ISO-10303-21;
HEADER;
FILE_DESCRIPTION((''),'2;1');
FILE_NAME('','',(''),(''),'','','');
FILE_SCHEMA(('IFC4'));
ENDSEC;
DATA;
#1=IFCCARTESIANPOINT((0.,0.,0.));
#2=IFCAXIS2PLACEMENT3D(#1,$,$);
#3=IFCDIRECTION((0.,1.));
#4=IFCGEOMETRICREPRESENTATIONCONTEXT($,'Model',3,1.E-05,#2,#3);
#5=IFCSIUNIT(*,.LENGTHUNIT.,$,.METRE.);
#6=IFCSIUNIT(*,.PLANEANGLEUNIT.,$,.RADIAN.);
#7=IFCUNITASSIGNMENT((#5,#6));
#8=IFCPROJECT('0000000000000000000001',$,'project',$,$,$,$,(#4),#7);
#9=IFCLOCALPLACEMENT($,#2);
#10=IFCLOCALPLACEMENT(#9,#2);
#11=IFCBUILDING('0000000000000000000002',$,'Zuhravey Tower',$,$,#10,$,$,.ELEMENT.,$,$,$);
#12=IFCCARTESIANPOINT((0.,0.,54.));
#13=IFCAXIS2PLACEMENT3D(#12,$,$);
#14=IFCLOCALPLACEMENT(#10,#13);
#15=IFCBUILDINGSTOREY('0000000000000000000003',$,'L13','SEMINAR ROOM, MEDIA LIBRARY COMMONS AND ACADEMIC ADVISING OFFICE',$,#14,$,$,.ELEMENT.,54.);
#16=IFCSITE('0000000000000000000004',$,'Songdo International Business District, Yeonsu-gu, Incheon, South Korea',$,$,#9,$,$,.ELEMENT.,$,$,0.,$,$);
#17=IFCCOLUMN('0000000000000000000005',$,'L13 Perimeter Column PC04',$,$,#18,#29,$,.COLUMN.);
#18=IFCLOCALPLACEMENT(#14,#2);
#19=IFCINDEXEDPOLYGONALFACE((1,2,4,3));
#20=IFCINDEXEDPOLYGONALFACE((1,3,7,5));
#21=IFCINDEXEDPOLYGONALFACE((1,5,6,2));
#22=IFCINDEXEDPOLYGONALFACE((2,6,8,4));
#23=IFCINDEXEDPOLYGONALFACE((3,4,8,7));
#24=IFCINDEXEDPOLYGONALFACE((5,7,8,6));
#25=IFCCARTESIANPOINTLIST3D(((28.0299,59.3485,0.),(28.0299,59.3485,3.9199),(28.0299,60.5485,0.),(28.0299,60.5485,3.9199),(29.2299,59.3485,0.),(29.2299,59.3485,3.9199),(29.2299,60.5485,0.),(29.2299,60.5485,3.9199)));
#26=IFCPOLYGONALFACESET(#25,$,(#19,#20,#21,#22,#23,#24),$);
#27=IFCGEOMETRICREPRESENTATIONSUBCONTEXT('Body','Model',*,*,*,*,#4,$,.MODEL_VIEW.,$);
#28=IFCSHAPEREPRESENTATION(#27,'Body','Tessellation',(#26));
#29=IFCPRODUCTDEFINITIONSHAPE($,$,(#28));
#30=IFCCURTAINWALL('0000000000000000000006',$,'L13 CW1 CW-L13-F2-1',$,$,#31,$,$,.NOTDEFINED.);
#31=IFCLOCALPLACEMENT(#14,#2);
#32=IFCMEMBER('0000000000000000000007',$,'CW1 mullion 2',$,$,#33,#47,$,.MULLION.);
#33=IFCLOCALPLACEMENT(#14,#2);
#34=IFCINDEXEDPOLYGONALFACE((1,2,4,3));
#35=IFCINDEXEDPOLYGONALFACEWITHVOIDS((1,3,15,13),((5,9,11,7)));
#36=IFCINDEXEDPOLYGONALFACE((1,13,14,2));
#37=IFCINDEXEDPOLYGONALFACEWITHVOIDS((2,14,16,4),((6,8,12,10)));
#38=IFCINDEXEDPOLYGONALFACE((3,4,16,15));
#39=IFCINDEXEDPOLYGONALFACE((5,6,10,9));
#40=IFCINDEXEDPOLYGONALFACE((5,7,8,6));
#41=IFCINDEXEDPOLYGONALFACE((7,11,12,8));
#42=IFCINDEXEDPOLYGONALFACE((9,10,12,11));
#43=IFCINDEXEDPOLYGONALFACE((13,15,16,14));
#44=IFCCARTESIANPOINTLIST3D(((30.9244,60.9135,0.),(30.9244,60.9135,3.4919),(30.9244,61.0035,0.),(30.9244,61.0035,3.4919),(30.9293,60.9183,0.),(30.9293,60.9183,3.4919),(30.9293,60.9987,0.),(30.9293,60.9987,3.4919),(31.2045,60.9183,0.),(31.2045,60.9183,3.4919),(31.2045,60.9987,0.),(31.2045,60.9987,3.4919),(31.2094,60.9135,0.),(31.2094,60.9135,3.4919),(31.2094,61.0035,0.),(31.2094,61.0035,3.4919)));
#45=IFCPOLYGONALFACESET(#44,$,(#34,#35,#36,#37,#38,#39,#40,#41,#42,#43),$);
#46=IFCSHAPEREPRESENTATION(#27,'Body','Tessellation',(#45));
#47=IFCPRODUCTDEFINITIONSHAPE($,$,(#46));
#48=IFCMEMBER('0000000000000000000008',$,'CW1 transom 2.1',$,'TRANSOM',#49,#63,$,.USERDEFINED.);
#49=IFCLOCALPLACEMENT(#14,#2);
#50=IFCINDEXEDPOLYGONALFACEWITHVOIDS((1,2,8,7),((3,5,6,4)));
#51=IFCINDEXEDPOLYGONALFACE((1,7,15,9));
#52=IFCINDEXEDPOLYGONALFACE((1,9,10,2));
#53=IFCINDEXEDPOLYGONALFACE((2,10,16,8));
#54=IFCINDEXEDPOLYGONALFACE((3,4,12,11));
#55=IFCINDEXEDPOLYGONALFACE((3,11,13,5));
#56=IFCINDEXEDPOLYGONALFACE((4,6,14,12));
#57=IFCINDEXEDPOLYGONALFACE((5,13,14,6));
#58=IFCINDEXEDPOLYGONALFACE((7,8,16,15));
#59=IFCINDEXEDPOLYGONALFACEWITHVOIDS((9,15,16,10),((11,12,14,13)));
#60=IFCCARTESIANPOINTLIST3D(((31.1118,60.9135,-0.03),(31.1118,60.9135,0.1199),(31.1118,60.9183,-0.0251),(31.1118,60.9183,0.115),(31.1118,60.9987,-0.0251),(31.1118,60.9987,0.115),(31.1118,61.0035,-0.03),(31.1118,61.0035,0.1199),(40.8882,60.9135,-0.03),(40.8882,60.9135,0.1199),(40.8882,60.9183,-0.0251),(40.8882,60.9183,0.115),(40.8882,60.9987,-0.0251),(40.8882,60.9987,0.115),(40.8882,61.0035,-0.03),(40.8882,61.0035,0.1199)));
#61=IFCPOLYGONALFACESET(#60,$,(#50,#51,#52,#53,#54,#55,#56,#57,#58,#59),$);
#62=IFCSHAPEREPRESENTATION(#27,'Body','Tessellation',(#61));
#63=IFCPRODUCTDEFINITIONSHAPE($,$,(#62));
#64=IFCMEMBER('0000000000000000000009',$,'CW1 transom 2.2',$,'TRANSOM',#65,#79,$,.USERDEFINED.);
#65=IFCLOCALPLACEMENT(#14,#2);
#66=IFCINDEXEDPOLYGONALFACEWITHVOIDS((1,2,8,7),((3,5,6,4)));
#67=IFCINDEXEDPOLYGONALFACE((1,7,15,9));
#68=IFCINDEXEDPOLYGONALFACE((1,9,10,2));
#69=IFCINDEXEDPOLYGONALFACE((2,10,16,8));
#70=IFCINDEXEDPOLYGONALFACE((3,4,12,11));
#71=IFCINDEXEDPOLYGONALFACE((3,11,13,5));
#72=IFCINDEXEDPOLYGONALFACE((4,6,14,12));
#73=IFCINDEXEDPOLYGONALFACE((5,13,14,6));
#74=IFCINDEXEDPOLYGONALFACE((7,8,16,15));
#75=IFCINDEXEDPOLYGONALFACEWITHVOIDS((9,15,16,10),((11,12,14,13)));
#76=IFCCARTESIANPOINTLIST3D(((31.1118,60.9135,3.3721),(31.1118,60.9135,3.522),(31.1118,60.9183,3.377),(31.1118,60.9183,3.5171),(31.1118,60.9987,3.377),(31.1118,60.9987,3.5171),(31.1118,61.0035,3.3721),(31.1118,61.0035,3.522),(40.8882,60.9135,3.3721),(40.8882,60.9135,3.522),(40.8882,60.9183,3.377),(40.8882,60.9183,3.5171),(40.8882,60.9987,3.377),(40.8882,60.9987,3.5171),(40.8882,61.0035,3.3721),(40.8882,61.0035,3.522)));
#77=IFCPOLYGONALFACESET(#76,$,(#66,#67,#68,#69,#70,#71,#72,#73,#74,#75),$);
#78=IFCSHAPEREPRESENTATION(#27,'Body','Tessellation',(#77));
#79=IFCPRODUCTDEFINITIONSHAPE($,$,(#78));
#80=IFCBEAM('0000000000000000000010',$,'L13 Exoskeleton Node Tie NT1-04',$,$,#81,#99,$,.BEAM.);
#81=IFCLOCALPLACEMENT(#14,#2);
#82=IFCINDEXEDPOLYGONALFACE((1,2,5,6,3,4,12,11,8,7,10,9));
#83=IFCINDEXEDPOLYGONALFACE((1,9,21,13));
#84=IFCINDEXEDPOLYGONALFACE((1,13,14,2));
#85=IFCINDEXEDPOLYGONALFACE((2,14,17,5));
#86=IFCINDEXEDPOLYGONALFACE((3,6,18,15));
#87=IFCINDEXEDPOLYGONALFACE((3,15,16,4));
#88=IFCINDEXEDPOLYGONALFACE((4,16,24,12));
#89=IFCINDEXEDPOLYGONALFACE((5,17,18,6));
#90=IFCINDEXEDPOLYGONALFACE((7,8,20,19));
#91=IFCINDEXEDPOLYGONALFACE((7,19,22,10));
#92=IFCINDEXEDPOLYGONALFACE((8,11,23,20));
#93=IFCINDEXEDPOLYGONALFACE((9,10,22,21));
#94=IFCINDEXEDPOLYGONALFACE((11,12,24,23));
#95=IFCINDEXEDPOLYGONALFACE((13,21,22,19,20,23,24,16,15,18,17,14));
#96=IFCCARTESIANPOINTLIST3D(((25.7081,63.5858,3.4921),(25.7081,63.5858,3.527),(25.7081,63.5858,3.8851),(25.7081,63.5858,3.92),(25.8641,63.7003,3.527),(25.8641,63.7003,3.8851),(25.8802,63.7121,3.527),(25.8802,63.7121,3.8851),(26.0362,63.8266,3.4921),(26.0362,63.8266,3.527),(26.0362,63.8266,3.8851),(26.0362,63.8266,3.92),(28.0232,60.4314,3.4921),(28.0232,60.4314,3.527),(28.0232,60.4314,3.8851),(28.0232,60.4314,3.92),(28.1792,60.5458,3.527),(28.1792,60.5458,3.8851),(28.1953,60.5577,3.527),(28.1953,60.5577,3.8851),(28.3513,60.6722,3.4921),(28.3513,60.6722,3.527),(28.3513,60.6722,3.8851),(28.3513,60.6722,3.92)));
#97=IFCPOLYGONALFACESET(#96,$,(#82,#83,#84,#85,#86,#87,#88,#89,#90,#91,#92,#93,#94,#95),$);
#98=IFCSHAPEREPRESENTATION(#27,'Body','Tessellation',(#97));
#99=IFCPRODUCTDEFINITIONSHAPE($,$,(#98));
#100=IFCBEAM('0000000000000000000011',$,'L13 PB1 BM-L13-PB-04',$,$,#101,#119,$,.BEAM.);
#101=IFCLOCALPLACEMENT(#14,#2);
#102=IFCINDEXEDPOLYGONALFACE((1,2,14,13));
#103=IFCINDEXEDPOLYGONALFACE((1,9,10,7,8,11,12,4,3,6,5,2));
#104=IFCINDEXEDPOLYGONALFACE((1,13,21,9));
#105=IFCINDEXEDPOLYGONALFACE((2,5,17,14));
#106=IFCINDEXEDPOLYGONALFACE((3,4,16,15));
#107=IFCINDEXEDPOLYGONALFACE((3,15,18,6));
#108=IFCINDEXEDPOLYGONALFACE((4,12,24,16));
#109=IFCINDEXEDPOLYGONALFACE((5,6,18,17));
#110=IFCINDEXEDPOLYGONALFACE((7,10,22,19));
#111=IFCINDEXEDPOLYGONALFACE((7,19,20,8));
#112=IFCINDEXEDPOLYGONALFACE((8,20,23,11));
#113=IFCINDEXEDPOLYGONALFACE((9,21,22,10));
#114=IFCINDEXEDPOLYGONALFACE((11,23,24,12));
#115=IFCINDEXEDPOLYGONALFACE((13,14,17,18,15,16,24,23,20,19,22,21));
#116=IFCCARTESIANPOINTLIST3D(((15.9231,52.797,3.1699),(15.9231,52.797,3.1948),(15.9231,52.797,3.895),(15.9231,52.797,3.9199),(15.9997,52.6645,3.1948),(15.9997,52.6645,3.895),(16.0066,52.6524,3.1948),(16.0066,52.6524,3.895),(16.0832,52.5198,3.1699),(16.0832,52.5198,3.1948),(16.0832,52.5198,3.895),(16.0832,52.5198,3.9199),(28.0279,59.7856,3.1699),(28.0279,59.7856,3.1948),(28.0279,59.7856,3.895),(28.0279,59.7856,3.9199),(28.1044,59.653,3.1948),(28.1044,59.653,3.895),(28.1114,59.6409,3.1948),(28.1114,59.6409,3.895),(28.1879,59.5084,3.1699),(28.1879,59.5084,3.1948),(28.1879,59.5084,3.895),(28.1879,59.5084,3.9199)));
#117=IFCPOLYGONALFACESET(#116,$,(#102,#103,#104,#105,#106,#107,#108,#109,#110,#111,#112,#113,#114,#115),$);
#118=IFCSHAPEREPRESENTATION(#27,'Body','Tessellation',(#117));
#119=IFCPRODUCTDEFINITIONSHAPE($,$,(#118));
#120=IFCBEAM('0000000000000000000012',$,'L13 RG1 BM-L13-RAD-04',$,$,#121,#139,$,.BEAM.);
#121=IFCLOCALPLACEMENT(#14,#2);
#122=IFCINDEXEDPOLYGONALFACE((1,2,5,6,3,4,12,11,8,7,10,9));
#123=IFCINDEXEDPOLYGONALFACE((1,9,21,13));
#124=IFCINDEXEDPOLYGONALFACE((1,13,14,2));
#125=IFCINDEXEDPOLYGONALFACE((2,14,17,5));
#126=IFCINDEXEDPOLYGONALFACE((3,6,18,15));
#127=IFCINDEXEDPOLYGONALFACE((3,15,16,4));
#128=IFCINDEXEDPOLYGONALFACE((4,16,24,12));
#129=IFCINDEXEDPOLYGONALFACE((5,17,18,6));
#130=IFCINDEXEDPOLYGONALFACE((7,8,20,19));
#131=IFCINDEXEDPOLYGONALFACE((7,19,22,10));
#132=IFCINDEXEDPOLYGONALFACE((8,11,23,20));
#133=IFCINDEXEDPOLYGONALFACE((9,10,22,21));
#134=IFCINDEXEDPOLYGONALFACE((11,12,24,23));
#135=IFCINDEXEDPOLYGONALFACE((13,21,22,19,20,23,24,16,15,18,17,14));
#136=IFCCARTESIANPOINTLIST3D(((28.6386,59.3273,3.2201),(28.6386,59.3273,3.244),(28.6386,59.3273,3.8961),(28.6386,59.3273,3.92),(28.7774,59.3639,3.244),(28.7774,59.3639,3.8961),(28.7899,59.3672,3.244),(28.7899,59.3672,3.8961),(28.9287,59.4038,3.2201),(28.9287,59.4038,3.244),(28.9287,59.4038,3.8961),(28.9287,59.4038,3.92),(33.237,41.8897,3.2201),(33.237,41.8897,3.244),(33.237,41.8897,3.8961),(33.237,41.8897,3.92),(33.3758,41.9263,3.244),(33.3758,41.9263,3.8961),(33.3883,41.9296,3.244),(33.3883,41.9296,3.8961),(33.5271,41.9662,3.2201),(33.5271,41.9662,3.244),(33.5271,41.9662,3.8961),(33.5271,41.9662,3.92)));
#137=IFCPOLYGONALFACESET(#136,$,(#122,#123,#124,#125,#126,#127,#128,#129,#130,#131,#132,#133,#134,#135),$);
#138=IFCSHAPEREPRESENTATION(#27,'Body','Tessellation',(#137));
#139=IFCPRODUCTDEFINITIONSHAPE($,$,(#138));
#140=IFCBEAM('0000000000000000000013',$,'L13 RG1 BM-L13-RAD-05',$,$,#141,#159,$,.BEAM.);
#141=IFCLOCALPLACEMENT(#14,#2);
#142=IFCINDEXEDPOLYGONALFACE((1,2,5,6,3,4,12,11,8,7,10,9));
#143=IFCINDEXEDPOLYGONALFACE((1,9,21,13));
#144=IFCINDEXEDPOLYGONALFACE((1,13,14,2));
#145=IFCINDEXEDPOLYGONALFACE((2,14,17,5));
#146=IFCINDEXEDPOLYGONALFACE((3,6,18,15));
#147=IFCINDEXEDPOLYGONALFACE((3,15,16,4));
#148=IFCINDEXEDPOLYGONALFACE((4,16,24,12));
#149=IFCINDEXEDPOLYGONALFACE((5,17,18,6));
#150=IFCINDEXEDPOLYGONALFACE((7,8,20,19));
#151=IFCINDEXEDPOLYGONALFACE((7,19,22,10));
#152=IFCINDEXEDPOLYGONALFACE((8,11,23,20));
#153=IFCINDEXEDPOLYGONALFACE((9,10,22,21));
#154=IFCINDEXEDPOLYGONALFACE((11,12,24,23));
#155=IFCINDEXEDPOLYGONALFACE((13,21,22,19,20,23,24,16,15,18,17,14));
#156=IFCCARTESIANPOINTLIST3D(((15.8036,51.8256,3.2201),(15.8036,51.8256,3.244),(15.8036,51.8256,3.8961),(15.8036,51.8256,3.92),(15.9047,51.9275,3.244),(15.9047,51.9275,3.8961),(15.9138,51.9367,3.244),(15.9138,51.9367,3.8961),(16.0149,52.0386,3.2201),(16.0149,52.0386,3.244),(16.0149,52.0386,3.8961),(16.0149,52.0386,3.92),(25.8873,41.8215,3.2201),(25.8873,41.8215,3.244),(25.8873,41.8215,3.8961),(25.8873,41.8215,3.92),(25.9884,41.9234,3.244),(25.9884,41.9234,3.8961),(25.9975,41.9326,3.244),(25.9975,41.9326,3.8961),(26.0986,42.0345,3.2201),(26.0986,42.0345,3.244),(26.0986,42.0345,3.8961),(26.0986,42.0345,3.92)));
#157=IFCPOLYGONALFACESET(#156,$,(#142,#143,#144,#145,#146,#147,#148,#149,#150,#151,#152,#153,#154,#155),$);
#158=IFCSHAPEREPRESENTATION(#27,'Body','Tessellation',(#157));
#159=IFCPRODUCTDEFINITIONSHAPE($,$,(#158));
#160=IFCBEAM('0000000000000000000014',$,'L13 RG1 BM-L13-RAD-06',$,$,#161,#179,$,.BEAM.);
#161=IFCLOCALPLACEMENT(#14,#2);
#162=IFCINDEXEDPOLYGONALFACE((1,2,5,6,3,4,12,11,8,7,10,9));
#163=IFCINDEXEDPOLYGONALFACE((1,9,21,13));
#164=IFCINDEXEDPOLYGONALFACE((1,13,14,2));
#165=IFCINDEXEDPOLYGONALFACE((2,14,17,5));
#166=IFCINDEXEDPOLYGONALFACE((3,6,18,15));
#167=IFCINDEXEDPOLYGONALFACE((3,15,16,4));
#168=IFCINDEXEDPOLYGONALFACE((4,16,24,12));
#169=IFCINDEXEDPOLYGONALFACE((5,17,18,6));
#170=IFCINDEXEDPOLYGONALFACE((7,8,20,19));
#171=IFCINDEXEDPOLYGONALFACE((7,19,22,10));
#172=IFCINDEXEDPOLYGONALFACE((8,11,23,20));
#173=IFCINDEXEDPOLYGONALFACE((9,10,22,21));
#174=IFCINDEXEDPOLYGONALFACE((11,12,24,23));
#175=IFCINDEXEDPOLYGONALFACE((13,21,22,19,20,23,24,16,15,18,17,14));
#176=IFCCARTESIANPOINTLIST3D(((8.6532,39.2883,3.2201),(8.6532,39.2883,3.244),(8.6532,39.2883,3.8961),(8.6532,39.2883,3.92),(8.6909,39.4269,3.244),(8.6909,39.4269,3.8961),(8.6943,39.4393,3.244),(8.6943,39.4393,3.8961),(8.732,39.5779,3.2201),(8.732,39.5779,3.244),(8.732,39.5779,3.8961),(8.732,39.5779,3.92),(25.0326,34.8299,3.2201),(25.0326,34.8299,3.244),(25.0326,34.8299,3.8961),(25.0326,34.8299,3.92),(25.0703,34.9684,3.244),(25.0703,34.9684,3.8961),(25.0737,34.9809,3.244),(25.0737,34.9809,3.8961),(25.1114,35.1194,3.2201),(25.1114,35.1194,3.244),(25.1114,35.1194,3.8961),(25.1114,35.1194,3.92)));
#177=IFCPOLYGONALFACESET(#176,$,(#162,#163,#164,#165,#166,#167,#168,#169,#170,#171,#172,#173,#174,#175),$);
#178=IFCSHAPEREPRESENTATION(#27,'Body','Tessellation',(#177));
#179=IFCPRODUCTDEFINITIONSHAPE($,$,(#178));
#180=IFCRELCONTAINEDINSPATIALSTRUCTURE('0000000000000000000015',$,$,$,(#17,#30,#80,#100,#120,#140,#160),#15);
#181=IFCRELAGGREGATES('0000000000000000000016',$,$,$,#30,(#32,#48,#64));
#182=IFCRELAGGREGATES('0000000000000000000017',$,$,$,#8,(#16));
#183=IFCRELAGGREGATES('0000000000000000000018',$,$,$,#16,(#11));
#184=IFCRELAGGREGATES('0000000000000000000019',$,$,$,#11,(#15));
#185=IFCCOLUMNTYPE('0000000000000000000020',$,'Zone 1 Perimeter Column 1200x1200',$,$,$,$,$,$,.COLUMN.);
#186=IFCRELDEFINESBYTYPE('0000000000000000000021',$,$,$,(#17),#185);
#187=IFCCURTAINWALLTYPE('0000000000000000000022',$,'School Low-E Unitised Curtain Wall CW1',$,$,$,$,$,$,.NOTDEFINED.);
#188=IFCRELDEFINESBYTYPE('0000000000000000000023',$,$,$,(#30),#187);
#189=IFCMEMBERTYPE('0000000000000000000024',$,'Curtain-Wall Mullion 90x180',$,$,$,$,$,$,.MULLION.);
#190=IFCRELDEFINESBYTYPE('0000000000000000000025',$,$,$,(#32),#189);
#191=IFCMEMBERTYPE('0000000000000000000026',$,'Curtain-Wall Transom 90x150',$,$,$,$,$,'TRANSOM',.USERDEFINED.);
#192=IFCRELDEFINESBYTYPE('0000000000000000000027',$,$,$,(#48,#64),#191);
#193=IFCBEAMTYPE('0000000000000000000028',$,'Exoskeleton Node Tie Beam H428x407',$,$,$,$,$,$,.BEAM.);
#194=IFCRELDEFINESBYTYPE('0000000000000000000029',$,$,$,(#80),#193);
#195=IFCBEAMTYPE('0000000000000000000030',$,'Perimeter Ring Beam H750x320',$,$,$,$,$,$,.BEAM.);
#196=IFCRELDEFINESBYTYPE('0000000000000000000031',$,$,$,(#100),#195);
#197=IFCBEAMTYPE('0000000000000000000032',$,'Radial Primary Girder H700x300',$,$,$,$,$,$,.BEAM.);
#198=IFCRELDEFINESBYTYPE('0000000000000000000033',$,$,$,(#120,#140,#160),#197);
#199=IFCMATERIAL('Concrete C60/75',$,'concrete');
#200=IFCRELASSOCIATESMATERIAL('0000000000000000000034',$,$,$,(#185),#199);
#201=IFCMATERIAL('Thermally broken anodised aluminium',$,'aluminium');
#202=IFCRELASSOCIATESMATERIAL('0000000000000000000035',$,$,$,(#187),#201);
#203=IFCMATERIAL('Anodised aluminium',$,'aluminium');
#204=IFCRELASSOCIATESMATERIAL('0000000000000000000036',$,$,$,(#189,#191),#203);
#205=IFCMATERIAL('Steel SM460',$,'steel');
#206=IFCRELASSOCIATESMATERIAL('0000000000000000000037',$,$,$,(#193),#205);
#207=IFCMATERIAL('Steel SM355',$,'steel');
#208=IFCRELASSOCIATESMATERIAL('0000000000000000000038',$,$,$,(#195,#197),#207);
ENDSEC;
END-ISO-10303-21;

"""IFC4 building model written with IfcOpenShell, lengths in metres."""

from ifc_helpers import new_model, si_unit, direction, frame, origin, origin_2d, place, context, subcontext, project, spatial, rectangle, hollow_rectangle, i_section, extrude, material, material_profile, profile_set, type_object, element, aggregate, save


model = new_model("IFC4")

# Units and contexts
model_context = context("Model", 3, precision=1e-05, world=origin(), true_north=direction((0.0, 1.0)))
body_context = subcontext(model_context, "Body", "Model", "MODEL_VIEW")
ifc_project = project(units=[si_unit("LENGTHUNIT", "METRE"), si_unit("PLANEANGLEUNIT", "RADIAN")], contexts=[model_context])

# Site, building, storey
site_placement = place(None, origin())
site = spatial("IfcSite", under=ifc_project, at=site_placement, Name="Songdo International Business District, Yeonsu-gu, Incheon, South Korea", CompositionType="ELEMENT", RefElevation=0.0)
building_placement = place(site_placement, origin())
building = spatial("IfcBuilding", under=site, at=building_placement, Name="Zuhravey Tower", CompositionType="ELEMENT")
storey_placement = place(building_placement, frame((0.0, 0.0, 54.0)))
storey = spatial("IfcBuildingStorey", under=building, at=storey_placement, Name="L13", Description="SEMINAR ROOM, MEDIA LIBRARY COMMONS AND ACADEMIC ADVISING OFFICE", CompositionType="ELEMENT", Elevation=54.0)

# Column
ifc_material_1 = material(Name="Concrete C60/75", Category="concrete")
ifc_material_profile_1 = material_profile(ifc_material_1, rectangle(XDim=1.2, YDim=1.2, at=origin_2d()), Name="RC-1200x1200")
ifc_profile_set_1 = profile_set([ifc_material_profile_1], Name="Concrete C60/75")
column_type = type_object("IfcColumnType", Name="Zone 1 Perimeter Column 1200x1200", PredefinedType="COLUMN", material=ifc_profile_set_1)
column_placement = place(storey_placement, frame((28.6299, 59.9485, 0.0), z_axis=(0.0, 0.0, 1.0), x_axis=(-1.0, 0.0, 0.0)))
element("IfcColumn", 1, at=column_placement, inside=storey, type_object=column_type, Name="L13 Perimeter Column PC04", PredefinedType="COLUMN", context=body_context, shape_type="SweptSolid", body=[
    extrude(rectangle(XDim=1.2, YDim=1.2, at=origin_2d()), origin(), (0.0, 0.0, 1.0), 3.9199),
])

# Curtain wall, members
ifc_material_2 = material(Name="Thermally broken anodised aluminium", Category="aluminium")
curtain_wall_type = type_object("IfcCurtainWallType", Name="School Low-E Unitised Curtain Wall CW1", PredefinedType="NOTDEFINED", material=ifc_material_2)
curtain_wall_placement = place(storey_placement, origin())
curtain_wall = element("IfcCurtainWall", 2, at=curtain_wall_placement, inside=storey, type_object=curtain_wall_type, Name="L13 CW1 CW-L13-F2-1", PredefinedType="NOTDEFINED")
ifc_material_3 = material(Name="Anodised aluminium", Category="aluminium")
ifc_material_profile_2 = material_profile(ifc_material_3, hollow_rectangle(XDim=0.0901, YDim=0.2849, WallThickness=0.0049, at=origin_2d()), Name="ALU-RHS-90x285x5")
ifc_profile_set_2 = profile_set([ifc_material_profile_2], Name="Anodised aluminium")
member_type_1 = type_object("IfcMemberType", Name="Curtain-Wall Mullion 90x180", PredefinedType="MULLION", material=ifc_profile_set_2)
member_1_placement = place(storey_placement, frame((31.0669, 60.9585, 0.0), z_axis=(0.0, 0.0, 1.0), x_axis=(0.0, 1.0, 0.0)))
member_1 = element("IfcMember", 3, at=member_1_placement, type_object=member_type_1, Name="CW1 mullion 2", PredefinedType="MULLION", context=body_context, shape_type="SweptSolid", body=[
    extrude(hollow_rectangle(XDim=0.0901, YDim=0.2849, WallThickness=0.0049, at=origin_2d()), origin(), (0.0, 0.0, 1.0), 3.4919),
])
ifc_material_profile_3 = material_profile(ifc_material_3, hollow_rectangle(XDim=0.0901, YDim=0.1499, WallThickness=0.0049, at=origin_2d()), Name="ALU-RHS-90x150x5")
ifc_profile_set_3 = profile_set([ifc_material_profile_3], Name="Anodised aluminium")
member_type_2 = type_object("IfcMemberType", Name="Curtain-Wall Transom 90x150", ElementType="TRANSOM", PredefinedType="USERDEFINED", material=ifc_profile_set_3)
member_2_placement = place(storey_placement, frame((31.1118, 60.9585, 0.0449), z_axis=(1.0, 0.0, 0.0), x_axis=(0.0, 1.0, 0.0)))
member_2 = element("IfcMember", 4, at=member_2_placement, type_object=member_type_2, Name="CW1 transom 2.1", ObjectType="TRANSOM", PredefinedType="USERDEFINED", context=body_context, shape_type="SweptSolid", body=[
    extrude(hollow_rectangle(XDim=0.0901, YDim=0.1499, WallThickness=0.0049, at=origin_2d()), origin(), (0.0, 0.0, 1.0), 9.7764),
])
member_3_placement = place(storey_placement, frame((31.1118, 60.9585, 3.447), z_axis=(1.0, 0.0, 0.0), x_axis=(0.0, 1.0, 0.0)))
member_3 = element("IfcMember", 5, at=member_3_placement, type_object=member_type_2, Name="CW1 transom 2.2", ObjectType="TRANSOM", PredefinedType="USERDEFINED", context=body_context, shape_type="SweptSolid", body=[
    extrude(hollow_rectangle(XDim=0.0901, YDim=0.1499, WallThickness=0.0049, at=origin_2d()), origin(), (0.0, 0.0, 1.0), 9.7764),
])

# Beams
ifc_material_4 = material(Name="Steel SM460", Category="steel")
ifc_material_profile_4 = material_profile(ifc_material_4, i_section(OverallWidth=0.407, OverallDepth=0.428, WebThickness=0.02, FlangeThickness=0.0349, at=origin_2d()), Name="H-428x407x20x35")
ifc_profile_set_4 = profile_set([ifc_material_profile_4], Name="Steel SM460")
beam_type_1 = type_object("IfcBeamType", Name="Exoskeleton Node Tie Beam H428x407", PredefinedType="BEAM", material=ifc_profile_set_4)
beam_1_placement = place(storey_placement, frame((28.1873, 60.5518, 3.7061), z_axis=(-0.591672, 0.806179, 0.0), x_axis=(-0.806179, -0.591672, 0.0)))
element("IfcBeam", 6, at=beam_1_placement, inside=storey, type_object=beam_type_1, Name="L13 Exoskeleton Node Tie NT1-04", PredefinedType="BEAM", context=body_context, shape_type="SweptSolid", body=[
    extrude(i_section(OverallWidth=0.407, OverallDepth=0.428, WebThickness=0.02, FlangeThickness=0.0349, at=origin_2d()), origin(), (0.0, 0.0, 1.0), 3.9128),
])
ifc_material_5 = material(Name="Steel SM355", Category="steel")
ifc_material_profile_5 = material_profile(ifc_material_5, i_section(OverallWidth=0.3201, OverallDepth=0.75, WebThickness=0.0139, FlangeThickness=0.0249, at=origin_2d()), Name="H-750x320x14x25")
ifc_profile_set_5 = profile_set([ifc_material_profile_5], Name="Steel SM355")
beam_type_2 = type_object("IfcBeamType", Name="Perimeter Ring Beam H750x320", PredefinedType="BEAM", material=ifc_profile_set_5)
beam_2_placement = place(storey_placement, frame((28.1079, 59.647, 3.5449), z_axis=(-0.86603, -0.499992, 0.0), x_axis=(0.499992, -0.86603, 0.0)))
element("IfcBeam", 7, at=beam_2_placement, inside=storey, type_object=beam_type_2, Name="L13 PB1 BM-L13-PB-04", PredefinedType="BEAM", context=body_context, shape_type="SweptSolid", body=[
    extrude(i_section(OverallWidth=0.3201, OverallDepth=0.75, WebThickness=0.0139, FlangeThickness=0.0249, at=origin_2d()), origin(), (0.0, 0.0, 1.0), 13.9773),
])
ifc_material_profile_6 = material_profile(ifc_material_5, i_section(OverallWidth=0.3, OverallDepth=0.7, WebThickness=0.0129, FlangeThickness=0.0239, at=origin_2d()), Name="H-700x300x13x24")
ifc_profile_set_6 = profile_set([ifc_material_profile_6], Name="Steel SM355")
beam_type_3 = type_object("IfcBeamType", Name="Radial Primary Girder H700x300", PredefinedType="BEAM", material=ifc_profile_set_6)
beam_3_placement = place(storey_placement, frame((33.3821, 41.928, 3.5701), z_axis=(-0.25499, 0.966944, 0.0), x_axis=(-0.966944, -0.25499, 0.0)))
element("IfcBeam", 8, at=beam_3_placement, inside=storey, type_object=beam_type_3, Name="L13 RG1 BM-L13-RAD-04", PredefinedType="BEAM", context=body_context, shape_type="SweptSolid", body=[
    extrude(i_section(OverallWidth=0.3, OverallDepth=0.7, WebThickness=0.0129, FlangeThickness=0.0239, at=origin_2d()), origin(), (0.0, 0.0, 1.0), 18.0337),
])
beam_4_placement = place(storey_placement, frame((25.9929, 41.928, 3.5701), z_axis=(-0.709903, 0.7043, 0.0), x_axis=(-0.7043, -0.709903, 0.0)))
element("IfcBeam", 9, at=beam_4_placement, inside=storey, type_object=beam_type_3, Name="L13 RG1 BM-L13-RAD-05", PredefinedType="BEAM", context=body_context, shape_type="SweptSolid", body=[
    extrude(i_section(OverallWidth=0.3, OverallDepth=0.7, WebThickness=0.0129, FlangeThickness=0.0239, at=origin_2d()), origin(), (0.0, 0.0, 1.0), 14.2043),
])
beam_5_placement = place(storey_placement, frame((25.072, 34.9746, 3.5701), z_axis=(-0.964892, 0.262645, 0.0), x_axis=(-0.262645, -0.964892, 0.0)))
element("IfcBeam", 10, at=beam_5_placement, inside=storey, type_object=beam_type_3, Name="L13 RG1 BM-L13-RAD-06", PredefinedType="BEAM", context=body_context, shape_type="SweptSolid", body=[
    extrude(i_section(OverallWidth=0.3, OverallDepth=0.7, WebThickness=0.0129, FlangeThickness=0.0239, at=origin_2d()), origin(), (0.0, 0.0, 1.0), 16.9753),
])

aggregate(curtain_wall, [member_1, member_2, member_3])

save(model, "model.ifc")
